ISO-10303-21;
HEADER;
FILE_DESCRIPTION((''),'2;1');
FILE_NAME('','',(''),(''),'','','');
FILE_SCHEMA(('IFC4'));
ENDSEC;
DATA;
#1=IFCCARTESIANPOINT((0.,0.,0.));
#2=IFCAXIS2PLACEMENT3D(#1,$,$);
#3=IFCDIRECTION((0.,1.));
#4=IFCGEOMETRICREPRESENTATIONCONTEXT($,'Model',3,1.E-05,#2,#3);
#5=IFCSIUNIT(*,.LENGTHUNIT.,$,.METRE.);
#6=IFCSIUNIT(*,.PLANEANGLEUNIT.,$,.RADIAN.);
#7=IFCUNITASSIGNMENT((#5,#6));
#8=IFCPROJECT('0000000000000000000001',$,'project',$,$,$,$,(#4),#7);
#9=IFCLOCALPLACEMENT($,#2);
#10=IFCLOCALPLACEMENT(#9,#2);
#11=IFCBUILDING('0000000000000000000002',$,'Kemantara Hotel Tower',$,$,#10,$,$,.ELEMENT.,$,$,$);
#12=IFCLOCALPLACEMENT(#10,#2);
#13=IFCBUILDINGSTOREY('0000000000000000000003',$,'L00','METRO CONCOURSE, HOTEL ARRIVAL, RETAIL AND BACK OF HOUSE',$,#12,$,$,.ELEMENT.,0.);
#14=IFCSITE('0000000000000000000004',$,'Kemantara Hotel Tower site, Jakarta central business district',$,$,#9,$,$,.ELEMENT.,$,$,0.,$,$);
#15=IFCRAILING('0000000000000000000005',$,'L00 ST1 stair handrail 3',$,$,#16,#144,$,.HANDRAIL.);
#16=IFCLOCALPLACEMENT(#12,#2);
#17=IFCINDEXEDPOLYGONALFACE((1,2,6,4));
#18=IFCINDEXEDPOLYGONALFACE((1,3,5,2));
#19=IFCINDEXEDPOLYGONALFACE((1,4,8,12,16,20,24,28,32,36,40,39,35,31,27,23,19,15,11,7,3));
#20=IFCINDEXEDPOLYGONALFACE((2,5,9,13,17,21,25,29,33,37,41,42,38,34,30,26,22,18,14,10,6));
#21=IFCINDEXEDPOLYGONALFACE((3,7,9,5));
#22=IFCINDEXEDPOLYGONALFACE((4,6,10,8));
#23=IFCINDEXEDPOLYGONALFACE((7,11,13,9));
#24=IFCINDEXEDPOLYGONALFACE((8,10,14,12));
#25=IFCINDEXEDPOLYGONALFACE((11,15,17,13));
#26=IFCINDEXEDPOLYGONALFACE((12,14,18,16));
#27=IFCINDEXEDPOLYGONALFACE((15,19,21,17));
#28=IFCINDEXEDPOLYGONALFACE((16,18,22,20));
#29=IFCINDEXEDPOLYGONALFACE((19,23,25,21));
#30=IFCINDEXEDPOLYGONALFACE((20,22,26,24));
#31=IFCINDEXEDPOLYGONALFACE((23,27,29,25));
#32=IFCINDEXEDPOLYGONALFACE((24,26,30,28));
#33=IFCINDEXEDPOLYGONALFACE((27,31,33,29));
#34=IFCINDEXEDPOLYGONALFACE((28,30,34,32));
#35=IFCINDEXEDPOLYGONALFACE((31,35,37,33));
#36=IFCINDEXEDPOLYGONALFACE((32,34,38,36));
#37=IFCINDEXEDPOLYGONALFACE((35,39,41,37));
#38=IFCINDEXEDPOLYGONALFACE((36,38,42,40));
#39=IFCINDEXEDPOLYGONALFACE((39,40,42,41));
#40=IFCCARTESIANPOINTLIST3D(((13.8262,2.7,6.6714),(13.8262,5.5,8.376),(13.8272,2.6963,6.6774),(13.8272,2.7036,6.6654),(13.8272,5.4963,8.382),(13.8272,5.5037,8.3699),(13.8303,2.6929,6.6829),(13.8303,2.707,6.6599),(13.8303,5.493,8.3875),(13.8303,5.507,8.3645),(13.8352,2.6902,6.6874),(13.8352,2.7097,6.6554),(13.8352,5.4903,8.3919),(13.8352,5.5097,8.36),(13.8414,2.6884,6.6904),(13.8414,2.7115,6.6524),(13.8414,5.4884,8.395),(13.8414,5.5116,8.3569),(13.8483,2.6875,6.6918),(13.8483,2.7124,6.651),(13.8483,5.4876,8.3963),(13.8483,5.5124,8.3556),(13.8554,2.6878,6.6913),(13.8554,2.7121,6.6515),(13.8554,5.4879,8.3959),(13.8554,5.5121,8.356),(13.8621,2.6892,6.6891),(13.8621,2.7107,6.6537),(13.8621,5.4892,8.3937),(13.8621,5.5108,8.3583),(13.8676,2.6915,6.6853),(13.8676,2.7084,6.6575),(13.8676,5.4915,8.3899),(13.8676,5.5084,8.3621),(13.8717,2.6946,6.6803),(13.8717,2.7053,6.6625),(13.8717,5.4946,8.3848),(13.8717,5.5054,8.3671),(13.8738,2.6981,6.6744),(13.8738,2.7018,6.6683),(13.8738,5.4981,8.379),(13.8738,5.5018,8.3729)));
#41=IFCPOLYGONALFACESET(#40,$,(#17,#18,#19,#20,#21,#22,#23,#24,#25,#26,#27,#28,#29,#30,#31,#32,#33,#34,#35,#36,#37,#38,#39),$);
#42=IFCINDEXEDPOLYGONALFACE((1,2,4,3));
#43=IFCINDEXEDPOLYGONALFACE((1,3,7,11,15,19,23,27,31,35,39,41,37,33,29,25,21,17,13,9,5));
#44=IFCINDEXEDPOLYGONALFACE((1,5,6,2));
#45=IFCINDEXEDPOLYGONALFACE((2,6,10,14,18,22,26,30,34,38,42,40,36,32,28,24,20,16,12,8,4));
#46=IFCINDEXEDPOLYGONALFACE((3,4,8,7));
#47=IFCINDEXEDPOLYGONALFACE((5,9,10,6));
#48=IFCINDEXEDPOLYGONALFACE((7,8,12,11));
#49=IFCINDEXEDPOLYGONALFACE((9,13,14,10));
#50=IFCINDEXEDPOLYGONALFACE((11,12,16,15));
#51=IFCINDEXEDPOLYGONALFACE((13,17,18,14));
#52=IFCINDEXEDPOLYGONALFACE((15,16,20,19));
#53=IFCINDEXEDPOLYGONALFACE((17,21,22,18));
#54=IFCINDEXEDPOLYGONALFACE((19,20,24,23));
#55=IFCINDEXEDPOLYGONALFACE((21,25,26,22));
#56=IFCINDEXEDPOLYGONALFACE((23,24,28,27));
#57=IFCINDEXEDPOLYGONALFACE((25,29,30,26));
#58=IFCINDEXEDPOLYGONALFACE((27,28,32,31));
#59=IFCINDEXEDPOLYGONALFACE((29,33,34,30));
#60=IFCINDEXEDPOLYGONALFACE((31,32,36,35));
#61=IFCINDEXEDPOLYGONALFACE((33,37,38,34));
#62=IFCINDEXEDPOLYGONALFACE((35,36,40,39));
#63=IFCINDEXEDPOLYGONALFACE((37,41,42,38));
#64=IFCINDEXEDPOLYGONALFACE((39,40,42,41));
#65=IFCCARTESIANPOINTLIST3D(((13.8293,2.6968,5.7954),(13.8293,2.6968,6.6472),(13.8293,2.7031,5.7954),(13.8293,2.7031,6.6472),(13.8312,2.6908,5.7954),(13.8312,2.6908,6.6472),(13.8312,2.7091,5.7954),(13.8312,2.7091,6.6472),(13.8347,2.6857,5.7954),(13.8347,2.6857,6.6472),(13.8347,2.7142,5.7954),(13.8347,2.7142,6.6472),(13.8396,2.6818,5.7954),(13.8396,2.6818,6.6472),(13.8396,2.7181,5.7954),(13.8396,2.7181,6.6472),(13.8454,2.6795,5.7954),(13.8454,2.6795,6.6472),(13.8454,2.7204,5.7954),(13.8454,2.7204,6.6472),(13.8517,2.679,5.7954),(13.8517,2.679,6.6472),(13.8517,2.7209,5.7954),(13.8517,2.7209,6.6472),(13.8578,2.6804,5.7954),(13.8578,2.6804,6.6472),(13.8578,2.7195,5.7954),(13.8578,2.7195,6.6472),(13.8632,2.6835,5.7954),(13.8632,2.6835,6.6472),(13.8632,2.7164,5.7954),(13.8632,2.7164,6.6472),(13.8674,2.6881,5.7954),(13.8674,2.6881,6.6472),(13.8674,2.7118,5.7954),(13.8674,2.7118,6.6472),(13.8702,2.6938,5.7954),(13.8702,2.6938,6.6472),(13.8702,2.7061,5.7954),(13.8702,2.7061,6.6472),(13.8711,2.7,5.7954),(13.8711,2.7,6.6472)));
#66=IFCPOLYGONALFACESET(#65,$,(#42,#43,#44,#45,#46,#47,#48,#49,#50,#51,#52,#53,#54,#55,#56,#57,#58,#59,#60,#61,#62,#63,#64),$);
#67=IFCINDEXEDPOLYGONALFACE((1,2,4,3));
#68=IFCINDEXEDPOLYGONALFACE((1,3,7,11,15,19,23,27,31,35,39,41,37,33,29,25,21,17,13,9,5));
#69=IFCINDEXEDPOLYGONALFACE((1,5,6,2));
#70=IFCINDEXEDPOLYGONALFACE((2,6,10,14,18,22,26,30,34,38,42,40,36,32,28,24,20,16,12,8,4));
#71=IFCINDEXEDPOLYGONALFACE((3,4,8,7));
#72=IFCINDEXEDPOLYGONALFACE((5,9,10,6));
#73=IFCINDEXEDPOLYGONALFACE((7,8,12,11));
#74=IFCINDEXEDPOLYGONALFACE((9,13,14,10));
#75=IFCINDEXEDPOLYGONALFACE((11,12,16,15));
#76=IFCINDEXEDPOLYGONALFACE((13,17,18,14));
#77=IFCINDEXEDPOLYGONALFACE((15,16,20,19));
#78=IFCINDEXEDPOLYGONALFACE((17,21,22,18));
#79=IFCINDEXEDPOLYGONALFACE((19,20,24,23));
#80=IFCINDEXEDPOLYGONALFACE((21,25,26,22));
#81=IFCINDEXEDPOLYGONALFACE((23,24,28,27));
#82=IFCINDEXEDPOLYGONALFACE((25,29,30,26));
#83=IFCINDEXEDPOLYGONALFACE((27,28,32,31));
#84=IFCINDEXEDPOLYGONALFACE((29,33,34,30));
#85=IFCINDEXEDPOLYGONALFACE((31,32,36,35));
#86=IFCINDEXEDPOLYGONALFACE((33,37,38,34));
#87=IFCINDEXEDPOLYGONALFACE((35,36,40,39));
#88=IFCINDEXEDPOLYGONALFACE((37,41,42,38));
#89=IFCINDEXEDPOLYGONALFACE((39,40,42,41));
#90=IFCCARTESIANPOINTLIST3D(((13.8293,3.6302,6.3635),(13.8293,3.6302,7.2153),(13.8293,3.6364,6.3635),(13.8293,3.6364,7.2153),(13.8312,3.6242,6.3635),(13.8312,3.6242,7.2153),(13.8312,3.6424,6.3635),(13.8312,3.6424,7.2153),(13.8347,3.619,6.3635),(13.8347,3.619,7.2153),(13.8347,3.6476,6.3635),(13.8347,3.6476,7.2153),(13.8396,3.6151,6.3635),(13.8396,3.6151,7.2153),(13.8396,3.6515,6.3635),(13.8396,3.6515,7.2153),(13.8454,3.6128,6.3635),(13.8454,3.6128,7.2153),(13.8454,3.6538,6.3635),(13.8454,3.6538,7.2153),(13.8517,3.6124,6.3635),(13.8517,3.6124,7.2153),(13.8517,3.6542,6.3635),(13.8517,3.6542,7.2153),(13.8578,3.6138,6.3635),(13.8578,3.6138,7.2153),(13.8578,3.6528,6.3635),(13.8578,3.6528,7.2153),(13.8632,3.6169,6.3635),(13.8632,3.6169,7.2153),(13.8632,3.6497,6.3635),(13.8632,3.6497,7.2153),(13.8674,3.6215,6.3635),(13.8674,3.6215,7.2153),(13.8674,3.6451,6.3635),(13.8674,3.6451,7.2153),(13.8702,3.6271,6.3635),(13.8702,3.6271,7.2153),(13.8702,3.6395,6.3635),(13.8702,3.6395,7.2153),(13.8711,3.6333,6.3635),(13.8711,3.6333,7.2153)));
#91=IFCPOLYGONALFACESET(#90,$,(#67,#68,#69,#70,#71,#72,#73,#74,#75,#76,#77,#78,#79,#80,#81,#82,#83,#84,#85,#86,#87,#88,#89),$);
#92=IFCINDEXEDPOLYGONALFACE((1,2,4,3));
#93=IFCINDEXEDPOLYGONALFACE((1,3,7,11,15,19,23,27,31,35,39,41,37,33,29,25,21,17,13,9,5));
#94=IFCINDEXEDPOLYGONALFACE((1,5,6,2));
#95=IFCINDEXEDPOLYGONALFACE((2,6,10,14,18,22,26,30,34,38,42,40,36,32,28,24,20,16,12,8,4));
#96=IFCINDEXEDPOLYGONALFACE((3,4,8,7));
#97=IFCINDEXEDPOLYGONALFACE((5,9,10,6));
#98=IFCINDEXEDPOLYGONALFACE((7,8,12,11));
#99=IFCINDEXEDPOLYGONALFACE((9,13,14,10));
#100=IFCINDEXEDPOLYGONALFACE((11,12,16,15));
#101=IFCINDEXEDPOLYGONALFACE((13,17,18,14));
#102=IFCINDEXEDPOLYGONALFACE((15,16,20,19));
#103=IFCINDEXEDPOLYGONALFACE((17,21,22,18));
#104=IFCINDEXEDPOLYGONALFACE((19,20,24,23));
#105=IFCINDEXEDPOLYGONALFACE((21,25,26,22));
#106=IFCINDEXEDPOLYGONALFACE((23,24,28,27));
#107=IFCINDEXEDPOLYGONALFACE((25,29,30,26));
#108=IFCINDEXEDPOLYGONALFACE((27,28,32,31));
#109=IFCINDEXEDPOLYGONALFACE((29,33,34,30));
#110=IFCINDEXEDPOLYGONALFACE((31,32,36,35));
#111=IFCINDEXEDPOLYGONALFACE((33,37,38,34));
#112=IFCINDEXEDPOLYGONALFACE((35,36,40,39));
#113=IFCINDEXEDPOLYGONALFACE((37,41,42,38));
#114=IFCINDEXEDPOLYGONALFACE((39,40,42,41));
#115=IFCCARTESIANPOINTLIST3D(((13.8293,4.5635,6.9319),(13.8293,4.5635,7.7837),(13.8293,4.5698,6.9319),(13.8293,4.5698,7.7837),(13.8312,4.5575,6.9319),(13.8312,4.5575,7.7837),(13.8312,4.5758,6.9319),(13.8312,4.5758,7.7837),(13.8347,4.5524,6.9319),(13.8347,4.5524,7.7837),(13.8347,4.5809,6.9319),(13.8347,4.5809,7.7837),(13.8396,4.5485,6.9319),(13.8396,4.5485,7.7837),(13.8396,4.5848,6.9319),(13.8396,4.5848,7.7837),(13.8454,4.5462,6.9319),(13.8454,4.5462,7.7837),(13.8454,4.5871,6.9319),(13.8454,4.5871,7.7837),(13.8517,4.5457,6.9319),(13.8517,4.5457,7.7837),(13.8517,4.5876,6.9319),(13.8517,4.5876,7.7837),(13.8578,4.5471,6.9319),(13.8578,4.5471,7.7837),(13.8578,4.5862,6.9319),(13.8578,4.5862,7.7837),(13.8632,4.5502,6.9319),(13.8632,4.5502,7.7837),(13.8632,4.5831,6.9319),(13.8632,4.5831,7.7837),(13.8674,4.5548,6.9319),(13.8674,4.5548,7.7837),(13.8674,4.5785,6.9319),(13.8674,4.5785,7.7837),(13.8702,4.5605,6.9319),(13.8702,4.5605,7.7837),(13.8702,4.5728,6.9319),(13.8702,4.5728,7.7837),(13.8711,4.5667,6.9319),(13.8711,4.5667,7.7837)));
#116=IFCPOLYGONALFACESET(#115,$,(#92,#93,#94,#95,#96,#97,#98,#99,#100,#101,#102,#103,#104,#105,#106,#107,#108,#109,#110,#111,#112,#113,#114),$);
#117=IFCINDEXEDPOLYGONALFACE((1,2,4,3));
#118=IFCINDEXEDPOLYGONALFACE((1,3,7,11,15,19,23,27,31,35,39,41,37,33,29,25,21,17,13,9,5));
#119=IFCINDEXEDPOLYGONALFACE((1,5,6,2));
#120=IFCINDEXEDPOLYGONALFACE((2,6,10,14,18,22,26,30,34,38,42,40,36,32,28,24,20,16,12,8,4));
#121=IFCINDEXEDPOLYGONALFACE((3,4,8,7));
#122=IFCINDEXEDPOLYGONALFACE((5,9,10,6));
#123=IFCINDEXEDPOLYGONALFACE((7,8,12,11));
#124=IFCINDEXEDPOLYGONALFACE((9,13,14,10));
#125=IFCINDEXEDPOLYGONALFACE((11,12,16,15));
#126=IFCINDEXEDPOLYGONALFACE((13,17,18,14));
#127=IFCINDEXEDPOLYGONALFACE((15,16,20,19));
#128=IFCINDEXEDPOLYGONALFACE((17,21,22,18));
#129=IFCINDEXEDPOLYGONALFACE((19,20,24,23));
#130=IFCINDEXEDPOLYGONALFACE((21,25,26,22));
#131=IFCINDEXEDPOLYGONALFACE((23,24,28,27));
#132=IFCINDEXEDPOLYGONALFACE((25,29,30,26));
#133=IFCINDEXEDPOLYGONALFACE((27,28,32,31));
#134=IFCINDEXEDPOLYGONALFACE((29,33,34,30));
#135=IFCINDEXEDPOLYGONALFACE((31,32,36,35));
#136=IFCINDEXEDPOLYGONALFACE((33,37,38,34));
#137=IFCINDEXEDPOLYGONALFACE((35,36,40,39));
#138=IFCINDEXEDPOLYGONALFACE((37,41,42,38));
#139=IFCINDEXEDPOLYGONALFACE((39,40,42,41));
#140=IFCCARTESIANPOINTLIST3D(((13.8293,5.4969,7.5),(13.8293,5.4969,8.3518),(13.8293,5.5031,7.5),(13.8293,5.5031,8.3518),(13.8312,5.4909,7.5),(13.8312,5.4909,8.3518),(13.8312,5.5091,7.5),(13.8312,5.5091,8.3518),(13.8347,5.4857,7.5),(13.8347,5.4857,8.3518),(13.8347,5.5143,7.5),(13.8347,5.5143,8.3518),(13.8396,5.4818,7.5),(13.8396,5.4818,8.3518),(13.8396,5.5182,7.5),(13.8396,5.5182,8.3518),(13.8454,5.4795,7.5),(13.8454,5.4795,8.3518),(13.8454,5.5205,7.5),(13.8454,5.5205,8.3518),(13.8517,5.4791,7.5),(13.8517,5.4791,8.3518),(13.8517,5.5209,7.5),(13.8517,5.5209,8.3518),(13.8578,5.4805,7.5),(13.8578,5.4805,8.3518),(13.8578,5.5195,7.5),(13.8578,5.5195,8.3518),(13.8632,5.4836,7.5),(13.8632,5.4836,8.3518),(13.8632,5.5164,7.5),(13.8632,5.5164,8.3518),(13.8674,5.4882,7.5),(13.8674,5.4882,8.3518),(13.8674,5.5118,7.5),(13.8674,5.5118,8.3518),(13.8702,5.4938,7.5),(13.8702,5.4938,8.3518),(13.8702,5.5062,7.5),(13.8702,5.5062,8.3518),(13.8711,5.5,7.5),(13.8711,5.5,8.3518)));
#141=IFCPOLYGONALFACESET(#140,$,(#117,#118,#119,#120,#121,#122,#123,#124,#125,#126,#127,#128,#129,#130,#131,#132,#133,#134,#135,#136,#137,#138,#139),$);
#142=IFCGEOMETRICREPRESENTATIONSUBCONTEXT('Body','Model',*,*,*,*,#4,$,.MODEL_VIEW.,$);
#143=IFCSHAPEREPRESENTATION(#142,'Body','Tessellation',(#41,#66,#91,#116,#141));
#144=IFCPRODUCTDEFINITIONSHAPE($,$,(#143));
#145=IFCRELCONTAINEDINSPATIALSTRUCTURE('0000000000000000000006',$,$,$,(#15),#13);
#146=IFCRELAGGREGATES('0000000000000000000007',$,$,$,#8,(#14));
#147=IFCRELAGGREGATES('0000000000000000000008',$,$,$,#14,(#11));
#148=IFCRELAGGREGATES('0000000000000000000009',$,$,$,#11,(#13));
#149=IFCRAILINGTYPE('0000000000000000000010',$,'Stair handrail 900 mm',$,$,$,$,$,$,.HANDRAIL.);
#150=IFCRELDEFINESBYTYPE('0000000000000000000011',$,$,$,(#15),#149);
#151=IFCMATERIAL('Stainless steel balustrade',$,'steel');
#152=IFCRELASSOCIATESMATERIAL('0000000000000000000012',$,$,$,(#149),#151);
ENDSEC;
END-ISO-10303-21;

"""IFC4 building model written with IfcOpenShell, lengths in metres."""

from ifc_helpers import new_model, si_unit, direction, frame, origin, origin_2d, place, context, subcontext, project, spatial, circle, extrude, material, type_object, element, save


model = new_model("IFC4")

# Units and contexts
model_context = context("Model", 3, precision=1e-05, world=origin(), true_north=direction((0.0, 1.0)))
body_context = subcontext(model_context, "Body", "Model", "MODEL_VIEW")
ifc_project = project(units=[si_unit("LENGTHUNIT", "METRE"), si_unit("PLANEANGLEUNIT", "RADIAN")], contexts=[model_context])

# Site, building, storey
site_placement = place(None, origin())
site = spatial("IfcSite", under=ifc_project, at=site_placement, Name="Kemantara Hotel Tower site, Jakarta central business district", CompositionType="ELEMENT", RefElevation=0.0)
building_placement = place(site_placement, origin())
building = spatial("IfcBuilding", under=site, at=building_placement, Name="Kemantara Hotel Tower", CompositionType="ELEMENT")
storey_placement = place(building_placement, origin())
storey = spatial("IfcBuildingStorey", under=building, at=storey_placement, Name="L00", Description="METRO CONCOURSE, HOTEL ARRIVAL, RETAIL AND BACK OF HOUSE", CompositionType="ELEMENT", Elevation=0.0)

# Railing
ifc_material_1 = material(Name="Stainless steel balustrade", Category="steel")
railing_type_1 = type_object("IfcRailingType", Name="Stair handrail 900 mm", PredefinedType="HANDRAIL", material=ifc_material_1)
railing_1_placement = place(storey_placement, frame((13.8501, 2.7, 5.7954)))
element("IfcRailing", 1, at=railing_1_placement, inside=storey, type_object=railing_type_1, Name="L00 ST1 stair handrail 3", PredefinedType="HANDRAIL", context=body_context, shape_type="SweptSolid", body=[
    extrude(circle(Radius=0.0239, at=origin_2d()), frame((0.0, 0.0, 0.876), z_axis=(0.0, 0.85417, 0.519994), x_axis=(-1.0, 0.0, 0.0)), (0.0, 0.0, 1.0), 3.2781),
    extrude(circle(Radius=0.021, at=origin_2d()), origin(), (0.0, 0.0, 1.0), 0.8518),
    extrude(circle(Radius=0.021, at=origin_2d()), frame((0.0, 0.9333, 0.5681)), (0.0, 0.0, 1.0), 0.8518),
    extrude(circle(Radius=0.021, at=origin_2d()), frame((0.0, 1.8667, 1.1365)), (0.0, 0.0, 1.0), 0.8518),
    extrude(circle(Radius=0.021, at=origin_2d()), frame((0.0, 2.8, 1.7046)), (0.0, 0.0, 1.0), 0.8518),
])

save(model, "model.ifc")
